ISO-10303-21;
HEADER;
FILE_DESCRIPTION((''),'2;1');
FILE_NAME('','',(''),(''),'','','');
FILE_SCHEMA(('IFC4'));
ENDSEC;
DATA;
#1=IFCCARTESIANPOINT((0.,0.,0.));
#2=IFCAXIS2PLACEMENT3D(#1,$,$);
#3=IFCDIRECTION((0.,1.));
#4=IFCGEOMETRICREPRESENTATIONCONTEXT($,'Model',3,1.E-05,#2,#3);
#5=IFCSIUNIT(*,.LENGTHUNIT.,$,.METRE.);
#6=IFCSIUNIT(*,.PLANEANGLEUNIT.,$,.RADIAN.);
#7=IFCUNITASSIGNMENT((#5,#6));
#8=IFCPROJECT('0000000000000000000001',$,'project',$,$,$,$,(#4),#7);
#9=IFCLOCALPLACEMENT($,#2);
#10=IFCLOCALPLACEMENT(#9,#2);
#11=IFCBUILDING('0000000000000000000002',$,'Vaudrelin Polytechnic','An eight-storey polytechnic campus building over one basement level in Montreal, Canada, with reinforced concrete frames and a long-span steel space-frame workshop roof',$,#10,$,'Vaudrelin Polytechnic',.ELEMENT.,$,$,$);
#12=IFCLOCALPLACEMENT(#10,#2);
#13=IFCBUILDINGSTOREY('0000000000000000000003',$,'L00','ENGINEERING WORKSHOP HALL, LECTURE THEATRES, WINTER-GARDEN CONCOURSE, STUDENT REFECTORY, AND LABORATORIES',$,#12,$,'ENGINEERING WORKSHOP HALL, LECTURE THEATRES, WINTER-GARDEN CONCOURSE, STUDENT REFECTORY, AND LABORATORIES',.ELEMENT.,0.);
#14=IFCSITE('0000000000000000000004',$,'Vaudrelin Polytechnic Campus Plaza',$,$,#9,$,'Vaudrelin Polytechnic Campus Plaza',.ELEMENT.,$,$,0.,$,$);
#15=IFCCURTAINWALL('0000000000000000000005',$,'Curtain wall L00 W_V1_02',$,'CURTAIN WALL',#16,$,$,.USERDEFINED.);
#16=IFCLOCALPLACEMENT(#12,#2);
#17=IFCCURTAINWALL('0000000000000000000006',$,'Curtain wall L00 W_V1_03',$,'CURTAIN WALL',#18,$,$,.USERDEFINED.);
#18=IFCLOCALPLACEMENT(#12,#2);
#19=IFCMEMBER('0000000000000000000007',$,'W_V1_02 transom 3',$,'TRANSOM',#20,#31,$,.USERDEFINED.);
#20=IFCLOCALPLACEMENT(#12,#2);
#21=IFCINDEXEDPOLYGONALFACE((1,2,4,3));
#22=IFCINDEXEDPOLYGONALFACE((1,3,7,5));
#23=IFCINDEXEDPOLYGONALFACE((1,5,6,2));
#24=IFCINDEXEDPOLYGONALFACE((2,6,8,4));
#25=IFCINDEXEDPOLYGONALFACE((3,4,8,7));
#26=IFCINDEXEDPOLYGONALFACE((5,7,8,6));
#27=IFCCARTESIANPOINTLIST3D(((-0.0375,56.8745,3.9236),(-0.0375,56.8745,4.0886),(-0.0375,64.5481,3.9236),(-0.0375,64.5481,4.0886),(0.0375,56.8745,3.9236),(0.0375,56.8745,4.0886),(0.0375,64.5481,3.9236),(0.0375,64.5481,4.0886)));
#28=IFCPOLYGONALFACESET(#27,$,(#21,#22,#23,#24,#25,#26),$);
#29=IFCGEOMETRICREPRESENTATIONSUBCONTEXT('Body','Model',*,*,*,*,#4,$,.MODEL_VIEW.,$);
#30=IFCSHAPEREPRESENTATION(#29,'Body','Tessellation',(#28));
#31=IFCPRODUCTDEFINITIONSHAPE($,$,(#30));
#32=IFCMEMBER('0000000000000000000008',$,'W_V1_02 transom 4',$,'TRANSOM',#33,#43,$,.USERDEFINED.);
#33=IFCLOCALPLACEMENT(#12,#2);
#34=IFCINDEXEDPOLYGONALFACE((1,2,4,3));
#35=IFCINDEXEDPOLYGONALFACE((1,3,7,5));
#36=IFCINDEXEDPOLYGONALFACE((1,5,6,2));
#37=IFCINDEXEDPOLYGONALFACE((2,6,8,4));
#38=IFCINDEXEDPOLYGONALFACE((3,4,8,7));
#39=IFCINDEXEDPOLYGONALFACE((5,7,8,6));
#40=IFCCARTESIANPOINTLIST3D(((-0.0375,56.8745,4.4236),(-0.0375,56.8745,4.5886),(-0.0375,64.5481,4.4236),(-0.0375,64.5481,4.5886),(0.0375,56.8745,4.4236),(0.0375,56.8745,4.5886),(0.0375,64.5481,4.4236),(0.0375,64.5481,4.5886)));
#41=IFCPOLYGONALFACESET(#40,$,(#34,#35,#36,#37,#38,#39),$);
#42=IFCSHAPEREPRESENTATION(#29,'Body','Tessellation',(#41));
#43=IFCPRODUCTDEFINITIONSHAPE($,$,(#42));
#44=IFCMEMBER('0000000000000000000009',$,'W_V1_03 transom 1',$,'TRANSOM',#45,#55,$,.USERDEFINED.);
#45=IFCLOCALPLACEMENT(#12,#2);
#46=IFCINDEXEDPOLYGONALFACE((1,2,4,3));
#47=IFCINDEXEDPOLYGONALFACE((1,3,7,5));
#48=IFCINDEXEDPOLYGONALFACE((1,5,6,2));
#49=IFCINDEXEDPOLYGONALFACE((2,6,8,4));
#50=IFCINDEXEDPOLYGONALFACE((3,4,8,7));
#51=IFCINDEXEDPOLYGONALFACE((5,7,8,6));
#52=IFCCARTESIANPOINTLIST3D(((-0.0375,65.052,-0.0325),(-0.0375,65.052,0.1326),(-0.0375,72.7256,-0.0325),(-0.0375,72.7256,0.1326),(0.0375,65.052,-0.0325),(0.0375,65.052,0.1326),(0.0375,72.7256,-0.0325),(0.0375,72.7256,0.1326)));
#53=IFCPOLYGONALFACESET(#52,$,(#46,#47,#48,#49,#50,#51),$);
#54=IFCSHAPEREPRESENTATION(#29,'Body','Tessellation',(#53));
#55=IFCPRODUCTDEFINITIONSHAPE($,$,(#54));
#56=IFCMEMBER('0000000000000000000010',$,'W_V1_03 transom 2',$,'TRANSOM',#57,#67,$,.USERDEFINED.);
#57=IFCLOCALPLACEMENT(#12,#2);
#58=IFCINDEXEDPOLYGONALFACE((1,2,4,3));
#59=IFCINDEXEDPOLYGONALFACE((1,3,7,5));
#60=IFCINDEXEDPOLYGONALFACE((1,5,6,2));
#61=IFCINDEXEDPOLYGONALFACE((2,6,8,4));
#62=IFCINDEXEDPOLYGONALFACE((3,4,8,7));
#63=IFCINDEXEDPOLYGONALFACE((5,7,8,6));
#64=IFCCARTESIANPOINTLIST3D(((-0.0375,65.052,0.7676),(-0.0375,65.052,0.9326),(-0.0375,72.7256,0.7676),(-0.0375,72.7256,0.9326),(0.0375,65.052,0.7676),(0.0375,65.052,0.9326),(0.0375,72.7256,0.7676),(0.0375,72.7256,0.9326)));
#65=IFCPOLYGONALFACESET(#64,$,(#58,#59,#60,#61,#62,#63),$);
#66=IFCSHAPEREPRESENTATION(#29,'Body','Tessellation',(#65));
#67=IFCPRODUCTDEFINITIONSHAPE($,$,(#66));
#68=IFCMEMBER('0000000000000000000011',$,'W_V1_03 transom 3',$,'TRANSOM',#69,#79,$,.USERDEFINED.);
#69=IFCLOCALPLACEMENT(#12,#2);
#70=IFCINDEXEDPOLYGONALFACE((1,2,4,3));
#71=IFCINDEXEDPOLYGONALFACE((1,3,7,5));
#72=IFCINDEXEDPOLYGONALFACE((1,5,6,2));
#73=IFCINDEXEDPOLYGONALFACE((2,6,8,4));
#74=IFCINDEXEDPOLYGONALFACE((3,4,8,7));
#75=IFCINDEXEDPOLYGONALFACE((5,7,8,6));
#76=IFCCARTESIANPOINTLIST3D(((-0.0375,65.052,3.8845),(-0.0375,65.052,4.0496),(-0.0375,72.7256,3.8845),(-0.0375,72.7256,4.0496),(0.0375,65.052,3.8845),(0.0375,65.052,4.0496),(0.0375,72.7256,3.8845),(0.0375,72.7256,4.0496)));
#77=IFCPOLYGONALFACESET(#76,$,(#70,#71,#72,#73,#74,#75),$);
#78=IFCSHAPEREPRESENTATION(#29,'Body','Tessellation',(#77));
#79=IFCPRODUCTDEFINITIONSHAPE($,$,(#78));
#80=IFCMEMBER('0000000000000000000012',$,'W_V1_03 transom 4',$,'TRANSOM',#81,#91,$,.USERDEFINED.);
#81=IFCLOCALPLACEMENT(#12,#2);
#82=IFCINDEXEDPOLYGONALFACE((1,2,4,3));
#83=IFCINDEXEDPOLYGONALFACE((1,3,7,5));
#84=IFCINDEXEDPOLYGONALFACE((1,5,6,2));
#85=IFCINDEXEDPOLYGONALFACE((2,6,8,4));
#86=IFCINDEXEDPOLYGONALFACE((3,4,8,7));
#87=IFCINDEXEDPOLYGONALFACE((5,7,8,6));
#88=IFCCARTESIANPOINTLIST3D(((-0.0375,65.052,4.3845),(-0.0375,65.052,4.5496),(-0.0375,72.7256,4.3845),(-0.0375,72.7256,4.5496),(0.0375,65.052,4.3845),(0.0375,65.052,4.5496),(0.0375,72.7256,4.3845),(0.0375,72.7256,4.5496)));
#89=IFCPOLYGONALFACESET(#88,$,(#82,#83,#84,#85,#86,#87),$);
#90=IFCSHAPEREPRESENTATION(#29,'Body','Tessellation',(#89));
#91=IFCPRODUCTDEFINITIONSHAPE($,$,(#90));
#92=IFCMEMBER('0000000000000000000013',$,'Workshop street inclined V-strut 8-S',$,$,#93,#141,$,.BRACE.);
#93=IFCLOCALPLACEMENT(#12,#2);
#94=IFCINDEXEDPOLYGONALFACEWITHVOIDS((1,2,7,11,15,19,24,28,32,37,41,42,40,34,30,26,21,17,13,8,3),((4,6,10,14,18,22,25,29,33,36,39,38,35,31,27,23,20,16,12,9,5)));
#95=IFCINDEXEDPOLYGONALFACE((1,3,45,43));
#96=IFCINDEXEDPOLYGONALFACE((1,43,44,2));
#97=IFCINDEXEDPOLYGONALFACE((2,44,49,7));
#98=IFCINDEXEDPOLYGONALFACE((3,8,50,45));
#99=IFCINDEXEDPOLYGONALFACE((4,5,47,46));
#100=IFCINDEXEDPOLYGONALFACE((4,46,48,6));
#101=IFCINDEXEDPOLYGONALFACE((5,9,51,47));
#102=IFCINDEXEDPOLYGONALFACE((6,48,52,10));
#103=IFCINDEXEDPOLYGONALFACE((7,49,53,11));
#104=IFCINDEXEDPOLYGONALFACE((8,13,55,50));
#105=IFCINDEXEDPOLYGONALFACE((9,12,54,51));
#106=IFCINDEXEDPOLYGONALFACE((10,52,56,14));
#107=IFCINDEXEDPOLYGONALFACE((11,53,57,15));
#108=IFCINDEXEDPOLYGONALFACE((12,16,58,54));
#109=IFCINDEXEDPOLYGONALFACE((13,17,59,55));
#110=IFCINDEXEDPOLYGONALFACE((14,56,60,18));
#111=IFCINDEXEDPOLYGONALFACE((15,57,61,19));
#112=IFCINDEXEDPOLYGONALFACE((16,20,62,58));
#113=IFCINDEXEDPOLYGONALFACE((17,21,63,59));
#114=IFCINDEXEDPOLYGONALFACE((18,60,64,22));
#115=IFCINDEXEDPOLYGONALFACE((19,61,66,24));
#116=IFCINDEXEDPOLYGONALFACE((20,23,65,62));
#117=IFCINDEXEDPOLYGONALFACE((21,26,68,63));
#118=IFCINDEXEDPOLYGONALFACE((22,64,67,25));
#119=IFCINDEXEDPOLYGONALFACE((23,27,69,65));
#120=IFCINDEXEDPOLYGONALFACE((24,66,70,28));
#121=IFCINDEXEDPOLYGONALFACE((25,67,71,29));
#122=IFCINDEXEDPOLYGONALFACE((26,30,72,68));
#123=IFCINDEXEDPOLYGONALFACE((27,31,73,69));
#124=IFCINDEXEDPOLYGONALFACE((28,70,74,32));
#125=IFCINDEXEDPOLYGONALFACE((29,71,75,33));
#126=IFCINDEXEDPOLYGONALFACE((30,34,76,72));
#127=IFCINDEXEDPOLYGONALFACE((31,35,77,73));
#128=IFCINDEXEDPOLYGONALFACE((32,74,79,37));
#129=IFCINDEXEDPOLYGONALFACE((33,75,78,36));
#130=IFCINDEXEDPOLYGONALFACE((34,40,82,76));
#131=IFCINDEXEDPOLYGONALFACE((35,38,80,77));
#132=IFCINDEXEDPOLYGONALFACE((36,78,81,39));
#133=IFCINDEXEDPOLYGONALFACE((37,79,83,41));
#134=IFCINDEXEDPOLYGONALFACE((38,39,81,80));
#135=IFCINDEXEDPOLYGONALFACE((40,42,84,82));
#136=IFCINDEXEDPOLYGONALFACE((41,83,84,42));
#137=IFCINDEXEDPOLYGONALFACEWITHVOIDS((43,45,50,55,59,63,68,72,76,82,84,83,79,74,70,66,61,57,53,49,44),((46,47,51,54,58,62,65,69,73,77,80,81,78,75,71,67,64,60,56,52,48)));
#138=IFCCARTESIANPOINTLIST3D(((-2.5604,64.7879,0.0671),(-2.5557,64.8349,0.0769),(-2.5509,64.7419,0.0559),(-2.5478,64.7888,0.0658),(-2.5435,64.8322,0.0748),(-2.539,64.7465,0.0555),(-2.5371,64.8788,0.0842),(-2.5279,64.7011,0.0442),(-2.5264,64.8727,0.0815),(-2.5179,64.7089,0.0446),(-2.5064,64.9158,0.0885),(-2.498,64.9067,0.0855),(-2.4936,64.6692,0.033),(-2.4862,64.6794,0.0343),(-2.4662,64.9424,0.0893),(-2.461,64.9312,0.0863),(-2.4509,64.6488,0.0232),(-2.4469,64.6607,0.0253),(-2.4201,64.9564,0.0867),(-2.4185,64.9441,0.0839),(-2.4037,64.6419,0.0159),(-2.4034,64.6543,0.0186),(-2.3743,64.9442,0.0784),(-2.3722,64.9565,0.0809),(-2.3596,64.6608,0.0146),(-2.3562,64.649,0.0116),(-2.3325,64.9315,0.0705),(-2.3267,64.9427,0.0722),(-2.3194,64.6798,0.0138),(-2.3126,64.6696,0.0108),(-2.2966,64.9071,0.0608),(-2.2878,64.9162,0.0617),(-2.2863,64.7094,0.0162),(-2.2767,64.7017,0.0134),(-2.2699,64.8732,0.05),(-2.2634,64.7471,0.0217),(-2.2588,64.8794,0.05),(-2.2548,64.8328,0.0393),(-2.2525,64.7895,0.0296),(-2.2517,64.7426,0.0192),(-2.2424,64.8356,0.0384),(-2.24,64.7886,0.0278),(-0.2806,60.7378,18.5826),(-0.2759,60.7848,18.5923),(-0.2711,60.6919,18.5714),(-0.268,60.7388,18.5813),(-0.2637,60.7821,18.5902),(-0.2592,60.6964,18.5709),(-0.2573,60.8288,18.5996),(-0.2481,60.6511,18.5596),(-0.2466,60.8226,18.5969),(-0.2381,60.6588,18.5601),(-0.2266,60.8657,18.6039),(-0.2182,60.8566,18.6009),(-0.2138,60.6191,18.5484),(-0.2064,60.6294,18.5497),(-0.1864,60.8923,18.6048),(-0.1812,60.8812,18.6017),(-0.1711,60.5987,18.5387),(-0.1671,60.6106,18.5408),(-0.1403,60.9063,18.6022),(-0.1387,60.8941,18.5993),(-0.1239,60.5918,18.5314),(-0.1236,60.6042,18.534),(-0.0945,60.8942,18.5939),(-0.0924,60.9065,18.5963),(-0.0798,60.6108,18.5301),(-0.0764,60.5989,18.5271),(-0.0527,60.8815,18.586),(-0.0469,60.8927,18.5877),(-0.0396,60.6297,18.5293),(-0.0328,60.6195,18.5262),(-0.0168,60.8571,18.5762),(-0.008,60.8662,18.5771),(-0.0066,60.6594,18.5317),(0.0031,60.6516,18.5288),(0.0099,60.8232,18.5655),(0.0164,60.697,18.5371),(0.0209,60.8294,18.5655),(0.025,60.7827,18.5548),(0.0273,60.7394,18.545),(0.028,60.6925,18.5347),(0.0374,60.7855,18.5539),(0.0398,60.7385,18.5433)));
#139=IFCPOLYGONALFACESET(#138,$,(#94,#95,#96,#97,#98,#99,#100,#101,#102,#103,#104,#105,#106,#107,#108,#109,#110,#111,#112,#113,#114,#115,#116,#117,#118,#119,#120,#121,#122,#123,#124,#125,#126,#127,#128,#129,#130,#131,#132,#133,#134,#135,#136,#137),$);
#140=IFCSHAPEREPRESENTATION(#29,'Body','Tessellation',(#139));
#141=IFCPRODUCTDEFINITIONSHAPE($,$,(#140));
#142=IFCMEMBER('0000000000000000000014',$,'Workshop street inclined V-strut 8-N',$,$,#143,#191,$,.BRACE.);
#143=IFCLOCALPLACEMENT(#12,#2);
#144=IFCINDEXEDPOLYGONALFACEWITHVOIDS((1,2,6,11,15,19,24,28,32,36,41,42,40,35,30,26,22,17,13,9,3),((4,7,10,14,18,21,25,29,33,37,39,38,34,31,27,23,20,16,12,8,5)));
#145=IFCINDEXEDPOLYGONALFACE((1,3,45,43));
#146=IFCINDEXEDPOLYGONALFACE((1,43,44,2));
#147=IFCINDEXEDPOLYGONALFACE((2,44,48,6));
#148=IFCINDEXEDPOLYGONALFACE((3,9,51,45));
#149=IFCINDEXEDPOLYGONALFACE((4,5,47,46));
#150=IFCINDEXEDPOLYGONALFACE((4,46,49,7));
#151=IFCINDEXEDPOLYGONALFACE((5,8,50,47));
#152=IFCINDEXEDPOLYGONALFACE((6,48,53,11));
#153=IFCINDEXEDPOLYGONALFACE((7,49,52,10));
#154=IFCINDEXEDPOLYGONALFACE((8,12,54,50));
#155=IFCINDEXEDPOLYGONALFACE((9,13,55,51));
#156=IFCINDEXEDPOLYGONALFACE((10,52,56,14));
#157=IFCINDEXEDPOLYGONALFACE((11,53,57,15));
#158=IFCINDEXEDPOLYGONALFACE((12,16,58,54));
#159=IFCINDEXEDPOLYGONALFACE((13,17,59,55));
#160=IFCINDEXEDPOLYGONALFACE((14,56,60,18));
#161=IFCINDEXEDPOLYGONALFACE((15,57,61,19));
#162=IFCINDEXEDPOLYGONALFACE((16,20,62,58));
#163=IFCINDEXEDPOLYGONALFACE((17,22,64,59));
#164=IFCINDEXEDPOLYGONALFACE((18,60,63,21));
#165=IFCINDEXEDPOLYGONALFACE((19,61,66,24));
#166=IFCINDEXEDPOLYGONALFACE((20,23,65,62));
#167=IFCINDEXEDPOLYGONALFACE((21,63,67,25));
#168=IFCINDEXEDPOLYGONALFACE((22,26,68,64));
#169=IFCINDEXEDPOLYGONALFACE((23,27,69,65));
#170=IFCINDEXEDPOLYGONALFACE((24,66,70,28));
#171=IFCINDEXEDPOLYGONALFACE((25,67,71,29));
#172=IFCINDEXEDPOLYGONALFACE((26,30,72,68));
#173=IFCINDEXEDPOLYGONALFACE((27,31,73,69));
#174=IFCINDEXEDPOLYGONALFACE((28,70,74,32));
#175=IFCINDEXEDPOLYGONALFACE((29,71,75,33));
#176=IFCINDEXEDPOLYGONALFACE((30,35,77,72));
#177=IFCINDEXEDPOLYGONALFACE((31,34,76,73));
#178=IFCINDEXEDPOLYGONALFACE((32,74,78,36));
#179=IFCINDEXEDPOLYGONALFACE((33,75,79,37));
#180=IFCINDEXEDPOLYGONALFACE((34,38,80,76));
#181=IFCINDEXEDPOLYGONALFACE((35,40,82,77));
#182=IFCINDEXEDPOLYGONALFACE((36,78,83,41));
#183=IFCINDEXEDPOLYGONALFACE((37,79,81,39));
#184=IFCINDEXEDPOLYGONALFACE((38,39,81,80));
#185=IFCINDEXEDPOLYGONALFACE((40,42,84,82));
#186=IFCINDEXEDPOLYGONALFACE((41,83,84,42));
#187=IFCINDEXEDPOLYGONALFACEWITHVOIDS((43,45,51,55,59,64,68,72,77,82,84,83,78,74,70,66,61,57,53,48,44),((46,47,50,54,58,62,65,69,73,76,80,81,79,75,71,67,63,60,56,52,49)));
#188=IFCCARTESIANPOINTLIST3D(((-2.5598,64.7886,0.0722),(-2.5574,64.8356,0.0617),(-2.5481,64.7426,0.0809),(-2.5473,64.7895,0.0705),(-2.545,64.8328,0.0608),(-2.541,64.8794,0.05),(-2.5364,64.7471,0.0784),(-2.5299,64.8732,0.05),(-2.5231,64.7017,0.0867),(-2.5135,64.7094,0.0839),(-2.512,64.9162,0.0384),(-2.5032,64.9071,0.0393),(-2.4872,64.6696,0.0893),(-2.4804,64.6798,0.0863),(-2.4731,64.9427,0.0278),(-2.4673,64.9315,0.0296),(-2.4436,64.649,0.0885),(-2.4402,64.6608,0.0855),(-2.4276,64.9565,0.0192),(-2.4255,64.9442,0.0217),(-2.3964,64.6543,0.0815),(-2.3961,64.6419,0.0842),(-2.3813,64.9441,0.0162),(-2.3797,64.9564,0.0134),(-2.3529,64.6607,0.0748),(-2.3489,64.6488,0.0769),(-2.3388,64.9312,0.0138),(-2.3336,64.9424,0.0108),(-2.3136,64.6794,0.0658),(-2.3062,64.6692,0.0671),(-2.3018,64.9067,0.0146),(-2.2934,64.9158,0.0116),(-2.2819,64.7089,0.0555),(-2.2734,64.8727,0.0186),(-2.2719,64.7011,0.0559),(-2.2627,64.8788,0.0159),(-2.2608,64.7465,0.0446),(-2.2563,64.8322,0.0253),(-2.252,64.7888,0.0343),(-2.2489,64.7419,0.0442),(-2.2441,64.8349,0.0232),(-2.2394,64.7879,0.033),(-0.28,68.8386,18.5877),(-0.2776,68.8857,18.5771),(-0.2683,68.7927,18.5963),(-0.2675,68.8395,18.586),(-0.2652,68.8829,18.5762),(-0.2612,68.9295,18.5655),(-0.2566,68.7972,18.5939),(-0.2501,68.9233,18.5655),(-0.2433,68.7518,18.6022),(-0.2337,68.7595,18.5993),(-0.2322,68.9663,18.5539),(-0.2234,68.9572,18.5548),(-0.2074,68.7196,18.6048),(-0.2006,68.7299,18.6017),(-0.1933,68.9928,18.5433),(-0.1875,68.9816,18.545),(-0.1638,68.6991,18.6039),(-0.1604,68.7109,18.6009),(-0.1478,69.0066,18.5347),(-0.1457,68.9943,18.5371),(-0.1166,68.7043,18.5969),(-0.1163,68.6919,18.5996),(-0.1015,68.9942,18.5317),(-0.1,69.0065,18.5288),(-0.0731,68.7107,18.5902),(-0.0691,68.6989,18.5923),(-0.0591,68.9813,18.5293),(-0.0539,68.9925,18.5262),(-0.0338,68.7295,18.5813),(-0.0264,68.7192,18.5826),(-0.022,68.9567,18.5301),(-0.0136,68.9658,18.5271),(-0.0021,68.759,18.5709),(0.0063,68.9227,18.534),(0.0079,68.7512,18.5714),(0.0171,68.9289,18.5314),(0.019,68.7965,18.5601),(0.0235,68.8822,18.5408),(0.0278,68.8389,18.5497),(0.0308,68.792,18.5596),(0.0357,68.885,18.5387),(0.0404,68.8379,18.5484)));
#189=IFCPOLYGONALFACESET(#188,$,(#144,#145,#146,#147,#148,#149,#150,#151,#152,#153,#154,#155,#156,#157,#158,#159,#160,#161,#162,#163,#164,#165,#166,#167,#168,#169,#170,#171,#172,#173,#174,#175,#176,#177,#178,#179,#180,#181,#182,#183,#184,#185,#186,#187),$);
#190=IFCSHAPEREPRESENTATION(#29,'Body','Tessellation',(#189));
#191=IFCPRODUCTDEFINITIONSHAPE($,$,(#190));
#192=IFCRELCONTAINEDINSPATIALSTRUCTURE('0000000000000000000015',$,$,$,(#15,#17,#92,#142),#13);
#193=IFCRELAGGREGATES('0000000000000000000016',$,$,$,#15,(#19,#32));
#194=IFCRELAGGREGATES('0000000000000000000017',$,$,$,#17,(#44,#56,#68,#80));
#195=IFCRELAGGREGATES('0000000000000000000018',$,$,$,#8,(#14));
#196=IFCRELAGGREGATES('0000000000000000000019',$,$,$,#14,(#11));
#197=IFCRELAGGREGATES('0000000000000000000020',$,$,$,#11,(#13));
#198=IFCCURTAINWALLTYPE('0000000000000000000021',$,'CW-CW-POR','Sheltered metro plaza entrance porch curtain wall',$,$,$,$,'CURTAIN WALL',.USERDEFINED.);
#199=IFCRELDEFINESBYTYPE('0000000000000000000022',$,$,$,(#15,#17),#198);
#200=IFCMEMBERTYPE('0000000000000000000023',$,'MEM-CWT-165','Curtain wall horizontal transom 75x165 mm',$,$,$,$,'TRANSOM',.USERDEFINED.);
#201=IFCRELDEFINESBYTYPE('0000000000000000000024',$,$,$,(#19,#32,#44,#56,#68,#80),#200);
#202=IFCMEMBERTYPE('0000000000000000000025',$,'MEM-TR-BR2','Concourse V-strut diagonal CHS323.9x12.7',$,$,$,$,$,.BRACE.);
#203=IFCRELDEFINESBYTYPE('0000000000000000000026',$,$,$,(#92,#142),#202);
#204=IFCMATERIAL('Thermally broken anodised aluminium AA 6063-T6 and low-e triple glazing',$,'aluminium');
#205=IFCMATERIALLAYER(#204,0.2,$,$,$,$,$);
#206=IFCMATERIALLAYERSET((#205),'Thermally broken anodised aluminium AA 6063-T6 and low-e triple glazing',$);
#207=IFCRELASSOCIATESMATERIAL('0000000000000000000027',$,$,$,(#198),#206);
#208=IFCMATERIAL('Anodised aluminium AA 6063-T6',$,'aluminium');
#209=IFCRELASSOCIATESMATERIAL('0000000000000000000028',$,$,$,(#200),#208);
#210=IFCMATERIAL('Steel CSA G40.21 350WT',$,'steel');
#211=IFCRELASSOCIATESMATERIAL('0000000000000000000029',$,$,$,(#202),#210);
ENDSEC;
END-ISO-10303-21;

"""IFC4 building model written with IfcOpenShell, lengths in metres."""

from ifc_helpers import new_model, si_unit, direction, frame, origin, origin_2d, place, context, subcontext, project, spatial, rectangle, hollow_circle, extrude, material, layer, layer_set, material_profile, profile_set, type_object, element, aggregate, save


model = new_model("IFC4")

# Units and contexts
model_context = context("Model", 3, precision=1e-05, world=origin(), true_north=direction((0.0, 1.0)))
body_context = subcontext(model_context, "Body", "Model", "MODEL_VIEW")
ifc_project = project(units=[si_unit("LENGTHUNIT", "METRE"), si_unit("PLANEANGLEUNIT", "RADIAN")], contexts=[model_context])

# Site, building, storey
site_placement = place(None, origin())
site = spatial("IfcSite", under=ifc_project, at=site_placement, Name="Vaudrelin Polytechnic Campus Plaza", LongName="Vaudrelin Polytechnic Campus Plaza", CompositionType="ELEMENT", RefElevation=0.0)
building_placement = place(site_placement, origin())
building = spatial("IfcBuilding", under=site, at=building_placement, Name="Vaudrelin Polytechnic", Description="An eight-storey polytechnic campus building over one basement level in Montreal, Canada, with reinforced concrete frames and a long-span steel space-frame workshop roof", LongName="Vaudrelin Polytechnic", CompositionType="ELEMENT")
storey_placement = place(building_placement, origin())
storey = spatial("IfcBuildingStorey", under=building, at=storey_placement, Name="L00", Description="ENGINEERING WORKSHOP HALL, LECTURE THEATRES, WINTER-GARDEN CONCOURSE, STUDENT REFECTORY, AND LABORATORIES", LongName="ENGINEERING WORKSHOP HALL, LECTURE THEATRES, WINTER-GARDEN CONCOURSE, STUDENT REFECTORY, AND LABORATORIES", CompositionType="ELEMENT", Elevation=0.0)

# Shared definitions
ifc_material_1 = material(Name="Steel CSA G40.21 350WT", Category="steel")

# Curtain wall
ifc_material_2 = material(Name="Thermally broken anodised aluminium AA 6063-T6 and low-e triple glazing", Category="aluminium")
ifc_layer_1 = layer(ifc_material_2, 0.2)
ifc_layer_set_1 = layer_set([ifc_layer_1], Name="Thermally broken anodised aluminium AA 6063-T6 and low-e triple glazing")
curtain_wall_type = type_object("IfcCurtainWallType", Name="CW-CW-POR", Description="Sheltered metro plaza entrance porch curtain wall", ElementType="CURTAIN WALL", PredefinedType="USERDEFINED", material=ifc_layer_set_1)
ifc_material_3 = material(Name="Anodised aluminium AA 6063-T6", Category="aluminium")
curtain_wall_1_placement = place(storey_placement, origin())
curtain_wall_1 = element("IfcCurtainWall", 1, at=curtain_wall_1_placement, inside=storey, type_object=curtain_wall_type, Name="Curtain wall L00 W_V1_02", ObjectType="CURTAIN WALL", PredefinedType="USERDEFINED")

# Curtain wall
curtain_wall_2_placement = place(storey_placement, origin())
curtain_wall_2 = element("IfcCurtainWall", 2, at=curtain_wall_2_placement, inside=storey, type_object=curtain_wall_type, Name="Curtain wall L00 W_V1_03", ObjectType="CURTAIN WALL", PredefinedType="USERDEFINED")

# Members
ifc_material_profile_1 = material_profile(ifc_material_3, rectangle(XDim=0.075, YDim=0.165, at=origin_2d()), Name="CWT-75x165")
ifc_profile_set_1 = profile_set([ifc_material_profile_1], Name="Anodised aluminium AA 6063-T6")
member_type_1 = type_object("IfcMemberType", Name="MEM-CWT-165", Description="Curtain wall horizontal transom 75x165 mm", ElementType="TRANSOM", PredefinedType="USERDEFINED", material=ifc_profile_set_1)
member_1_placement = place(storey_placement, frame((0.0, 56.8745, 4.0061), z_axis=(0.0, 1.0, 0.0), x_axis=(-1.0, 0.0, 0.0)))
member_1 = element("IfcMember", 3, at=member_1_placement, type_object=member_type_1, Name="W_V1_02 transom 3", ObjectType="TRANSOM", PredefinedType="USERDEFINED", context=body_context, shape_type="SweptSolid", body=[
    extrude(rectangle(XDim=0.075, YDim=0.165, at=origin_2d()), origin(), (0.0, 0.0, 1.0), 7.6736),
])
member_2_placement = place(storey_placement, frame((0.0, 56.8745, 4.5061), z_axis=(0.0, 1.0, 0.0), x_axis=(-1.0, 0.0, 0.0)))
member_2 = element("IfcMember", 4, at=member_2_placement, type_object=member_type_1, Name="W_V1_02 transom 4", ObjectType="TRANSOM", PredefinedType="USERDEFINED", context=body_context, shape_type="SweptSolid", body=[
    extrude(rectangle(XDim=0.075, YDim=0.165, at=origin_2d()), origin(), (0.0, 0.0, 1.0), 7.6736),
])
member_3_placement = place(storey_placement, frame((0.0, 65.052, 0.05), z_axis=(0.0, 1.0, 0.0), x_axis=(-1.0, 0.0, 0.0)))
member_3 = element("IfcMember", 5, at=member_3_placement, type_object=member_type_1, Name="W_V1_03 transom 1", ObjectType="TRANSOM", PredefinedType="USERDEFINED", context=body_context, shape_type="SweptSolid", body=[
    extrude(rectangle(XDim=0.075, YDim=0.165, at=origin_2d()), origin(), (0.0, 0.0, 1.0), 7.6736),
])
member_4_placement = place(storey_placement, frame((0.0, 65.052, 0.8501), z_axis=(0.0, 1.0, 0.0), x_axis=(-1.0, 0.0, 0.0)))
member_4 = element("IfcMember", 6, at=member_4_placement, type_object=member_type_1, Name="W_V1_03 transom 2", ObjectType="TRANSOM", PredefinedType="USERDEFINED", context=body_context, shape_type="SweptSolid", body=[
    extrude(rectangle(XDim=0.075, YDim=0.165, at=origin_2d()), origin(), (0.0, 0.0, 1.0), 7.6736),
])
member_5_placement = place(storey_placement, frame((0.0, 65.052, 3.967), z_axis=(0.0, 1.0, 0.0), x_axis=(-1.0, 0.0, 0.0)))
member_5 = element("IfcMember", 7, at=member_5_placement, type_object=member_type_1, Name="W_V1_03 transom 3", ObjectType="TRANSOM", PredefinedType="USERDEFINED", context=body_context, shape_type="SweptSolid", body=[
    extrude(rectangle(XDim=0.075, YDim=0.165, at=origin_2d()), origin(), (0.0, 0.0, 1.0), 7.6736),
])
member_6_placement = place(storey_placement, frame((0.0, 65.052, 4.467), z_axis=(0.0, 1.0, 0.0), x_axis=(-1.0, 0.0, 0.0)))
member_6 = element("IfcMember", 8, at=member_6_placement, type_object=member_type_1, Name="W_V1_03 transom 4", ObjectType="TRANSOM", PredefinedType="USERDEFINED", context=body_context, shape_type="SweptSolid", body=[
    extrude(rectangle(XDim=0.075, YDim=0.165, at=origin_2d()), origin(), (0.0, 0.0, 1.0), 7.6736),
])

# Members
ifc_material_profile_2 = material_profile(ifc_material_1, hollow_circle(Radius=0.1619, WallThickness=0.0127, at=origin_2d()), Name="CHS323.9x12.7")
ifc_profile_set_2 = profile_set([ifc_material_profile_2], Name="Steel CSA G40.21 350WT")
member_type_2 = type_object("IfcMemberType", Name="MEM-TR-BR2", Description="Concourse V-strut diagonal CHS323.9x12.7", PredefinedType="BRACE", material=ifc_profile_set_2)
for number, where, z_axis, x_axis, name in (
    (9, (-2.3999, 64.8, 0.05), (0.119424, -0.212158, 0.969911), (0.871425, 0.490528, 0.0), "Workshop street inclined V-strut 8-S"),
    (10, (-2.3999, 64.8, 0.05), (0.119424, 0.212158, 0.969911), (-0.871425, 0.490528, 0.0), "Workshop street inclined V-strut 8-N"),
):
    element("IfcMember", number, at=place(storey_placement, frame(where, z_axis=z_axis, x_axis=x_axis)), inside=storey, type_object=member_type_2, Name=name, PredefinedType="BRACE", context=body_context, shape_type="SweptSolid", body=[
        extrude(hollow_circle(Radius=0.1619, WallThickness=0.0127, at=origin_2d()), origin(), (0.0, 0.0, 1.0), 19.0898),
    ])

aggregate(curtain_wall_1, [member_1, member_2])
aggregate(curtain_wall_2, [member_3, member_4, member_5, member_6])

save(model, "model.ifc")
